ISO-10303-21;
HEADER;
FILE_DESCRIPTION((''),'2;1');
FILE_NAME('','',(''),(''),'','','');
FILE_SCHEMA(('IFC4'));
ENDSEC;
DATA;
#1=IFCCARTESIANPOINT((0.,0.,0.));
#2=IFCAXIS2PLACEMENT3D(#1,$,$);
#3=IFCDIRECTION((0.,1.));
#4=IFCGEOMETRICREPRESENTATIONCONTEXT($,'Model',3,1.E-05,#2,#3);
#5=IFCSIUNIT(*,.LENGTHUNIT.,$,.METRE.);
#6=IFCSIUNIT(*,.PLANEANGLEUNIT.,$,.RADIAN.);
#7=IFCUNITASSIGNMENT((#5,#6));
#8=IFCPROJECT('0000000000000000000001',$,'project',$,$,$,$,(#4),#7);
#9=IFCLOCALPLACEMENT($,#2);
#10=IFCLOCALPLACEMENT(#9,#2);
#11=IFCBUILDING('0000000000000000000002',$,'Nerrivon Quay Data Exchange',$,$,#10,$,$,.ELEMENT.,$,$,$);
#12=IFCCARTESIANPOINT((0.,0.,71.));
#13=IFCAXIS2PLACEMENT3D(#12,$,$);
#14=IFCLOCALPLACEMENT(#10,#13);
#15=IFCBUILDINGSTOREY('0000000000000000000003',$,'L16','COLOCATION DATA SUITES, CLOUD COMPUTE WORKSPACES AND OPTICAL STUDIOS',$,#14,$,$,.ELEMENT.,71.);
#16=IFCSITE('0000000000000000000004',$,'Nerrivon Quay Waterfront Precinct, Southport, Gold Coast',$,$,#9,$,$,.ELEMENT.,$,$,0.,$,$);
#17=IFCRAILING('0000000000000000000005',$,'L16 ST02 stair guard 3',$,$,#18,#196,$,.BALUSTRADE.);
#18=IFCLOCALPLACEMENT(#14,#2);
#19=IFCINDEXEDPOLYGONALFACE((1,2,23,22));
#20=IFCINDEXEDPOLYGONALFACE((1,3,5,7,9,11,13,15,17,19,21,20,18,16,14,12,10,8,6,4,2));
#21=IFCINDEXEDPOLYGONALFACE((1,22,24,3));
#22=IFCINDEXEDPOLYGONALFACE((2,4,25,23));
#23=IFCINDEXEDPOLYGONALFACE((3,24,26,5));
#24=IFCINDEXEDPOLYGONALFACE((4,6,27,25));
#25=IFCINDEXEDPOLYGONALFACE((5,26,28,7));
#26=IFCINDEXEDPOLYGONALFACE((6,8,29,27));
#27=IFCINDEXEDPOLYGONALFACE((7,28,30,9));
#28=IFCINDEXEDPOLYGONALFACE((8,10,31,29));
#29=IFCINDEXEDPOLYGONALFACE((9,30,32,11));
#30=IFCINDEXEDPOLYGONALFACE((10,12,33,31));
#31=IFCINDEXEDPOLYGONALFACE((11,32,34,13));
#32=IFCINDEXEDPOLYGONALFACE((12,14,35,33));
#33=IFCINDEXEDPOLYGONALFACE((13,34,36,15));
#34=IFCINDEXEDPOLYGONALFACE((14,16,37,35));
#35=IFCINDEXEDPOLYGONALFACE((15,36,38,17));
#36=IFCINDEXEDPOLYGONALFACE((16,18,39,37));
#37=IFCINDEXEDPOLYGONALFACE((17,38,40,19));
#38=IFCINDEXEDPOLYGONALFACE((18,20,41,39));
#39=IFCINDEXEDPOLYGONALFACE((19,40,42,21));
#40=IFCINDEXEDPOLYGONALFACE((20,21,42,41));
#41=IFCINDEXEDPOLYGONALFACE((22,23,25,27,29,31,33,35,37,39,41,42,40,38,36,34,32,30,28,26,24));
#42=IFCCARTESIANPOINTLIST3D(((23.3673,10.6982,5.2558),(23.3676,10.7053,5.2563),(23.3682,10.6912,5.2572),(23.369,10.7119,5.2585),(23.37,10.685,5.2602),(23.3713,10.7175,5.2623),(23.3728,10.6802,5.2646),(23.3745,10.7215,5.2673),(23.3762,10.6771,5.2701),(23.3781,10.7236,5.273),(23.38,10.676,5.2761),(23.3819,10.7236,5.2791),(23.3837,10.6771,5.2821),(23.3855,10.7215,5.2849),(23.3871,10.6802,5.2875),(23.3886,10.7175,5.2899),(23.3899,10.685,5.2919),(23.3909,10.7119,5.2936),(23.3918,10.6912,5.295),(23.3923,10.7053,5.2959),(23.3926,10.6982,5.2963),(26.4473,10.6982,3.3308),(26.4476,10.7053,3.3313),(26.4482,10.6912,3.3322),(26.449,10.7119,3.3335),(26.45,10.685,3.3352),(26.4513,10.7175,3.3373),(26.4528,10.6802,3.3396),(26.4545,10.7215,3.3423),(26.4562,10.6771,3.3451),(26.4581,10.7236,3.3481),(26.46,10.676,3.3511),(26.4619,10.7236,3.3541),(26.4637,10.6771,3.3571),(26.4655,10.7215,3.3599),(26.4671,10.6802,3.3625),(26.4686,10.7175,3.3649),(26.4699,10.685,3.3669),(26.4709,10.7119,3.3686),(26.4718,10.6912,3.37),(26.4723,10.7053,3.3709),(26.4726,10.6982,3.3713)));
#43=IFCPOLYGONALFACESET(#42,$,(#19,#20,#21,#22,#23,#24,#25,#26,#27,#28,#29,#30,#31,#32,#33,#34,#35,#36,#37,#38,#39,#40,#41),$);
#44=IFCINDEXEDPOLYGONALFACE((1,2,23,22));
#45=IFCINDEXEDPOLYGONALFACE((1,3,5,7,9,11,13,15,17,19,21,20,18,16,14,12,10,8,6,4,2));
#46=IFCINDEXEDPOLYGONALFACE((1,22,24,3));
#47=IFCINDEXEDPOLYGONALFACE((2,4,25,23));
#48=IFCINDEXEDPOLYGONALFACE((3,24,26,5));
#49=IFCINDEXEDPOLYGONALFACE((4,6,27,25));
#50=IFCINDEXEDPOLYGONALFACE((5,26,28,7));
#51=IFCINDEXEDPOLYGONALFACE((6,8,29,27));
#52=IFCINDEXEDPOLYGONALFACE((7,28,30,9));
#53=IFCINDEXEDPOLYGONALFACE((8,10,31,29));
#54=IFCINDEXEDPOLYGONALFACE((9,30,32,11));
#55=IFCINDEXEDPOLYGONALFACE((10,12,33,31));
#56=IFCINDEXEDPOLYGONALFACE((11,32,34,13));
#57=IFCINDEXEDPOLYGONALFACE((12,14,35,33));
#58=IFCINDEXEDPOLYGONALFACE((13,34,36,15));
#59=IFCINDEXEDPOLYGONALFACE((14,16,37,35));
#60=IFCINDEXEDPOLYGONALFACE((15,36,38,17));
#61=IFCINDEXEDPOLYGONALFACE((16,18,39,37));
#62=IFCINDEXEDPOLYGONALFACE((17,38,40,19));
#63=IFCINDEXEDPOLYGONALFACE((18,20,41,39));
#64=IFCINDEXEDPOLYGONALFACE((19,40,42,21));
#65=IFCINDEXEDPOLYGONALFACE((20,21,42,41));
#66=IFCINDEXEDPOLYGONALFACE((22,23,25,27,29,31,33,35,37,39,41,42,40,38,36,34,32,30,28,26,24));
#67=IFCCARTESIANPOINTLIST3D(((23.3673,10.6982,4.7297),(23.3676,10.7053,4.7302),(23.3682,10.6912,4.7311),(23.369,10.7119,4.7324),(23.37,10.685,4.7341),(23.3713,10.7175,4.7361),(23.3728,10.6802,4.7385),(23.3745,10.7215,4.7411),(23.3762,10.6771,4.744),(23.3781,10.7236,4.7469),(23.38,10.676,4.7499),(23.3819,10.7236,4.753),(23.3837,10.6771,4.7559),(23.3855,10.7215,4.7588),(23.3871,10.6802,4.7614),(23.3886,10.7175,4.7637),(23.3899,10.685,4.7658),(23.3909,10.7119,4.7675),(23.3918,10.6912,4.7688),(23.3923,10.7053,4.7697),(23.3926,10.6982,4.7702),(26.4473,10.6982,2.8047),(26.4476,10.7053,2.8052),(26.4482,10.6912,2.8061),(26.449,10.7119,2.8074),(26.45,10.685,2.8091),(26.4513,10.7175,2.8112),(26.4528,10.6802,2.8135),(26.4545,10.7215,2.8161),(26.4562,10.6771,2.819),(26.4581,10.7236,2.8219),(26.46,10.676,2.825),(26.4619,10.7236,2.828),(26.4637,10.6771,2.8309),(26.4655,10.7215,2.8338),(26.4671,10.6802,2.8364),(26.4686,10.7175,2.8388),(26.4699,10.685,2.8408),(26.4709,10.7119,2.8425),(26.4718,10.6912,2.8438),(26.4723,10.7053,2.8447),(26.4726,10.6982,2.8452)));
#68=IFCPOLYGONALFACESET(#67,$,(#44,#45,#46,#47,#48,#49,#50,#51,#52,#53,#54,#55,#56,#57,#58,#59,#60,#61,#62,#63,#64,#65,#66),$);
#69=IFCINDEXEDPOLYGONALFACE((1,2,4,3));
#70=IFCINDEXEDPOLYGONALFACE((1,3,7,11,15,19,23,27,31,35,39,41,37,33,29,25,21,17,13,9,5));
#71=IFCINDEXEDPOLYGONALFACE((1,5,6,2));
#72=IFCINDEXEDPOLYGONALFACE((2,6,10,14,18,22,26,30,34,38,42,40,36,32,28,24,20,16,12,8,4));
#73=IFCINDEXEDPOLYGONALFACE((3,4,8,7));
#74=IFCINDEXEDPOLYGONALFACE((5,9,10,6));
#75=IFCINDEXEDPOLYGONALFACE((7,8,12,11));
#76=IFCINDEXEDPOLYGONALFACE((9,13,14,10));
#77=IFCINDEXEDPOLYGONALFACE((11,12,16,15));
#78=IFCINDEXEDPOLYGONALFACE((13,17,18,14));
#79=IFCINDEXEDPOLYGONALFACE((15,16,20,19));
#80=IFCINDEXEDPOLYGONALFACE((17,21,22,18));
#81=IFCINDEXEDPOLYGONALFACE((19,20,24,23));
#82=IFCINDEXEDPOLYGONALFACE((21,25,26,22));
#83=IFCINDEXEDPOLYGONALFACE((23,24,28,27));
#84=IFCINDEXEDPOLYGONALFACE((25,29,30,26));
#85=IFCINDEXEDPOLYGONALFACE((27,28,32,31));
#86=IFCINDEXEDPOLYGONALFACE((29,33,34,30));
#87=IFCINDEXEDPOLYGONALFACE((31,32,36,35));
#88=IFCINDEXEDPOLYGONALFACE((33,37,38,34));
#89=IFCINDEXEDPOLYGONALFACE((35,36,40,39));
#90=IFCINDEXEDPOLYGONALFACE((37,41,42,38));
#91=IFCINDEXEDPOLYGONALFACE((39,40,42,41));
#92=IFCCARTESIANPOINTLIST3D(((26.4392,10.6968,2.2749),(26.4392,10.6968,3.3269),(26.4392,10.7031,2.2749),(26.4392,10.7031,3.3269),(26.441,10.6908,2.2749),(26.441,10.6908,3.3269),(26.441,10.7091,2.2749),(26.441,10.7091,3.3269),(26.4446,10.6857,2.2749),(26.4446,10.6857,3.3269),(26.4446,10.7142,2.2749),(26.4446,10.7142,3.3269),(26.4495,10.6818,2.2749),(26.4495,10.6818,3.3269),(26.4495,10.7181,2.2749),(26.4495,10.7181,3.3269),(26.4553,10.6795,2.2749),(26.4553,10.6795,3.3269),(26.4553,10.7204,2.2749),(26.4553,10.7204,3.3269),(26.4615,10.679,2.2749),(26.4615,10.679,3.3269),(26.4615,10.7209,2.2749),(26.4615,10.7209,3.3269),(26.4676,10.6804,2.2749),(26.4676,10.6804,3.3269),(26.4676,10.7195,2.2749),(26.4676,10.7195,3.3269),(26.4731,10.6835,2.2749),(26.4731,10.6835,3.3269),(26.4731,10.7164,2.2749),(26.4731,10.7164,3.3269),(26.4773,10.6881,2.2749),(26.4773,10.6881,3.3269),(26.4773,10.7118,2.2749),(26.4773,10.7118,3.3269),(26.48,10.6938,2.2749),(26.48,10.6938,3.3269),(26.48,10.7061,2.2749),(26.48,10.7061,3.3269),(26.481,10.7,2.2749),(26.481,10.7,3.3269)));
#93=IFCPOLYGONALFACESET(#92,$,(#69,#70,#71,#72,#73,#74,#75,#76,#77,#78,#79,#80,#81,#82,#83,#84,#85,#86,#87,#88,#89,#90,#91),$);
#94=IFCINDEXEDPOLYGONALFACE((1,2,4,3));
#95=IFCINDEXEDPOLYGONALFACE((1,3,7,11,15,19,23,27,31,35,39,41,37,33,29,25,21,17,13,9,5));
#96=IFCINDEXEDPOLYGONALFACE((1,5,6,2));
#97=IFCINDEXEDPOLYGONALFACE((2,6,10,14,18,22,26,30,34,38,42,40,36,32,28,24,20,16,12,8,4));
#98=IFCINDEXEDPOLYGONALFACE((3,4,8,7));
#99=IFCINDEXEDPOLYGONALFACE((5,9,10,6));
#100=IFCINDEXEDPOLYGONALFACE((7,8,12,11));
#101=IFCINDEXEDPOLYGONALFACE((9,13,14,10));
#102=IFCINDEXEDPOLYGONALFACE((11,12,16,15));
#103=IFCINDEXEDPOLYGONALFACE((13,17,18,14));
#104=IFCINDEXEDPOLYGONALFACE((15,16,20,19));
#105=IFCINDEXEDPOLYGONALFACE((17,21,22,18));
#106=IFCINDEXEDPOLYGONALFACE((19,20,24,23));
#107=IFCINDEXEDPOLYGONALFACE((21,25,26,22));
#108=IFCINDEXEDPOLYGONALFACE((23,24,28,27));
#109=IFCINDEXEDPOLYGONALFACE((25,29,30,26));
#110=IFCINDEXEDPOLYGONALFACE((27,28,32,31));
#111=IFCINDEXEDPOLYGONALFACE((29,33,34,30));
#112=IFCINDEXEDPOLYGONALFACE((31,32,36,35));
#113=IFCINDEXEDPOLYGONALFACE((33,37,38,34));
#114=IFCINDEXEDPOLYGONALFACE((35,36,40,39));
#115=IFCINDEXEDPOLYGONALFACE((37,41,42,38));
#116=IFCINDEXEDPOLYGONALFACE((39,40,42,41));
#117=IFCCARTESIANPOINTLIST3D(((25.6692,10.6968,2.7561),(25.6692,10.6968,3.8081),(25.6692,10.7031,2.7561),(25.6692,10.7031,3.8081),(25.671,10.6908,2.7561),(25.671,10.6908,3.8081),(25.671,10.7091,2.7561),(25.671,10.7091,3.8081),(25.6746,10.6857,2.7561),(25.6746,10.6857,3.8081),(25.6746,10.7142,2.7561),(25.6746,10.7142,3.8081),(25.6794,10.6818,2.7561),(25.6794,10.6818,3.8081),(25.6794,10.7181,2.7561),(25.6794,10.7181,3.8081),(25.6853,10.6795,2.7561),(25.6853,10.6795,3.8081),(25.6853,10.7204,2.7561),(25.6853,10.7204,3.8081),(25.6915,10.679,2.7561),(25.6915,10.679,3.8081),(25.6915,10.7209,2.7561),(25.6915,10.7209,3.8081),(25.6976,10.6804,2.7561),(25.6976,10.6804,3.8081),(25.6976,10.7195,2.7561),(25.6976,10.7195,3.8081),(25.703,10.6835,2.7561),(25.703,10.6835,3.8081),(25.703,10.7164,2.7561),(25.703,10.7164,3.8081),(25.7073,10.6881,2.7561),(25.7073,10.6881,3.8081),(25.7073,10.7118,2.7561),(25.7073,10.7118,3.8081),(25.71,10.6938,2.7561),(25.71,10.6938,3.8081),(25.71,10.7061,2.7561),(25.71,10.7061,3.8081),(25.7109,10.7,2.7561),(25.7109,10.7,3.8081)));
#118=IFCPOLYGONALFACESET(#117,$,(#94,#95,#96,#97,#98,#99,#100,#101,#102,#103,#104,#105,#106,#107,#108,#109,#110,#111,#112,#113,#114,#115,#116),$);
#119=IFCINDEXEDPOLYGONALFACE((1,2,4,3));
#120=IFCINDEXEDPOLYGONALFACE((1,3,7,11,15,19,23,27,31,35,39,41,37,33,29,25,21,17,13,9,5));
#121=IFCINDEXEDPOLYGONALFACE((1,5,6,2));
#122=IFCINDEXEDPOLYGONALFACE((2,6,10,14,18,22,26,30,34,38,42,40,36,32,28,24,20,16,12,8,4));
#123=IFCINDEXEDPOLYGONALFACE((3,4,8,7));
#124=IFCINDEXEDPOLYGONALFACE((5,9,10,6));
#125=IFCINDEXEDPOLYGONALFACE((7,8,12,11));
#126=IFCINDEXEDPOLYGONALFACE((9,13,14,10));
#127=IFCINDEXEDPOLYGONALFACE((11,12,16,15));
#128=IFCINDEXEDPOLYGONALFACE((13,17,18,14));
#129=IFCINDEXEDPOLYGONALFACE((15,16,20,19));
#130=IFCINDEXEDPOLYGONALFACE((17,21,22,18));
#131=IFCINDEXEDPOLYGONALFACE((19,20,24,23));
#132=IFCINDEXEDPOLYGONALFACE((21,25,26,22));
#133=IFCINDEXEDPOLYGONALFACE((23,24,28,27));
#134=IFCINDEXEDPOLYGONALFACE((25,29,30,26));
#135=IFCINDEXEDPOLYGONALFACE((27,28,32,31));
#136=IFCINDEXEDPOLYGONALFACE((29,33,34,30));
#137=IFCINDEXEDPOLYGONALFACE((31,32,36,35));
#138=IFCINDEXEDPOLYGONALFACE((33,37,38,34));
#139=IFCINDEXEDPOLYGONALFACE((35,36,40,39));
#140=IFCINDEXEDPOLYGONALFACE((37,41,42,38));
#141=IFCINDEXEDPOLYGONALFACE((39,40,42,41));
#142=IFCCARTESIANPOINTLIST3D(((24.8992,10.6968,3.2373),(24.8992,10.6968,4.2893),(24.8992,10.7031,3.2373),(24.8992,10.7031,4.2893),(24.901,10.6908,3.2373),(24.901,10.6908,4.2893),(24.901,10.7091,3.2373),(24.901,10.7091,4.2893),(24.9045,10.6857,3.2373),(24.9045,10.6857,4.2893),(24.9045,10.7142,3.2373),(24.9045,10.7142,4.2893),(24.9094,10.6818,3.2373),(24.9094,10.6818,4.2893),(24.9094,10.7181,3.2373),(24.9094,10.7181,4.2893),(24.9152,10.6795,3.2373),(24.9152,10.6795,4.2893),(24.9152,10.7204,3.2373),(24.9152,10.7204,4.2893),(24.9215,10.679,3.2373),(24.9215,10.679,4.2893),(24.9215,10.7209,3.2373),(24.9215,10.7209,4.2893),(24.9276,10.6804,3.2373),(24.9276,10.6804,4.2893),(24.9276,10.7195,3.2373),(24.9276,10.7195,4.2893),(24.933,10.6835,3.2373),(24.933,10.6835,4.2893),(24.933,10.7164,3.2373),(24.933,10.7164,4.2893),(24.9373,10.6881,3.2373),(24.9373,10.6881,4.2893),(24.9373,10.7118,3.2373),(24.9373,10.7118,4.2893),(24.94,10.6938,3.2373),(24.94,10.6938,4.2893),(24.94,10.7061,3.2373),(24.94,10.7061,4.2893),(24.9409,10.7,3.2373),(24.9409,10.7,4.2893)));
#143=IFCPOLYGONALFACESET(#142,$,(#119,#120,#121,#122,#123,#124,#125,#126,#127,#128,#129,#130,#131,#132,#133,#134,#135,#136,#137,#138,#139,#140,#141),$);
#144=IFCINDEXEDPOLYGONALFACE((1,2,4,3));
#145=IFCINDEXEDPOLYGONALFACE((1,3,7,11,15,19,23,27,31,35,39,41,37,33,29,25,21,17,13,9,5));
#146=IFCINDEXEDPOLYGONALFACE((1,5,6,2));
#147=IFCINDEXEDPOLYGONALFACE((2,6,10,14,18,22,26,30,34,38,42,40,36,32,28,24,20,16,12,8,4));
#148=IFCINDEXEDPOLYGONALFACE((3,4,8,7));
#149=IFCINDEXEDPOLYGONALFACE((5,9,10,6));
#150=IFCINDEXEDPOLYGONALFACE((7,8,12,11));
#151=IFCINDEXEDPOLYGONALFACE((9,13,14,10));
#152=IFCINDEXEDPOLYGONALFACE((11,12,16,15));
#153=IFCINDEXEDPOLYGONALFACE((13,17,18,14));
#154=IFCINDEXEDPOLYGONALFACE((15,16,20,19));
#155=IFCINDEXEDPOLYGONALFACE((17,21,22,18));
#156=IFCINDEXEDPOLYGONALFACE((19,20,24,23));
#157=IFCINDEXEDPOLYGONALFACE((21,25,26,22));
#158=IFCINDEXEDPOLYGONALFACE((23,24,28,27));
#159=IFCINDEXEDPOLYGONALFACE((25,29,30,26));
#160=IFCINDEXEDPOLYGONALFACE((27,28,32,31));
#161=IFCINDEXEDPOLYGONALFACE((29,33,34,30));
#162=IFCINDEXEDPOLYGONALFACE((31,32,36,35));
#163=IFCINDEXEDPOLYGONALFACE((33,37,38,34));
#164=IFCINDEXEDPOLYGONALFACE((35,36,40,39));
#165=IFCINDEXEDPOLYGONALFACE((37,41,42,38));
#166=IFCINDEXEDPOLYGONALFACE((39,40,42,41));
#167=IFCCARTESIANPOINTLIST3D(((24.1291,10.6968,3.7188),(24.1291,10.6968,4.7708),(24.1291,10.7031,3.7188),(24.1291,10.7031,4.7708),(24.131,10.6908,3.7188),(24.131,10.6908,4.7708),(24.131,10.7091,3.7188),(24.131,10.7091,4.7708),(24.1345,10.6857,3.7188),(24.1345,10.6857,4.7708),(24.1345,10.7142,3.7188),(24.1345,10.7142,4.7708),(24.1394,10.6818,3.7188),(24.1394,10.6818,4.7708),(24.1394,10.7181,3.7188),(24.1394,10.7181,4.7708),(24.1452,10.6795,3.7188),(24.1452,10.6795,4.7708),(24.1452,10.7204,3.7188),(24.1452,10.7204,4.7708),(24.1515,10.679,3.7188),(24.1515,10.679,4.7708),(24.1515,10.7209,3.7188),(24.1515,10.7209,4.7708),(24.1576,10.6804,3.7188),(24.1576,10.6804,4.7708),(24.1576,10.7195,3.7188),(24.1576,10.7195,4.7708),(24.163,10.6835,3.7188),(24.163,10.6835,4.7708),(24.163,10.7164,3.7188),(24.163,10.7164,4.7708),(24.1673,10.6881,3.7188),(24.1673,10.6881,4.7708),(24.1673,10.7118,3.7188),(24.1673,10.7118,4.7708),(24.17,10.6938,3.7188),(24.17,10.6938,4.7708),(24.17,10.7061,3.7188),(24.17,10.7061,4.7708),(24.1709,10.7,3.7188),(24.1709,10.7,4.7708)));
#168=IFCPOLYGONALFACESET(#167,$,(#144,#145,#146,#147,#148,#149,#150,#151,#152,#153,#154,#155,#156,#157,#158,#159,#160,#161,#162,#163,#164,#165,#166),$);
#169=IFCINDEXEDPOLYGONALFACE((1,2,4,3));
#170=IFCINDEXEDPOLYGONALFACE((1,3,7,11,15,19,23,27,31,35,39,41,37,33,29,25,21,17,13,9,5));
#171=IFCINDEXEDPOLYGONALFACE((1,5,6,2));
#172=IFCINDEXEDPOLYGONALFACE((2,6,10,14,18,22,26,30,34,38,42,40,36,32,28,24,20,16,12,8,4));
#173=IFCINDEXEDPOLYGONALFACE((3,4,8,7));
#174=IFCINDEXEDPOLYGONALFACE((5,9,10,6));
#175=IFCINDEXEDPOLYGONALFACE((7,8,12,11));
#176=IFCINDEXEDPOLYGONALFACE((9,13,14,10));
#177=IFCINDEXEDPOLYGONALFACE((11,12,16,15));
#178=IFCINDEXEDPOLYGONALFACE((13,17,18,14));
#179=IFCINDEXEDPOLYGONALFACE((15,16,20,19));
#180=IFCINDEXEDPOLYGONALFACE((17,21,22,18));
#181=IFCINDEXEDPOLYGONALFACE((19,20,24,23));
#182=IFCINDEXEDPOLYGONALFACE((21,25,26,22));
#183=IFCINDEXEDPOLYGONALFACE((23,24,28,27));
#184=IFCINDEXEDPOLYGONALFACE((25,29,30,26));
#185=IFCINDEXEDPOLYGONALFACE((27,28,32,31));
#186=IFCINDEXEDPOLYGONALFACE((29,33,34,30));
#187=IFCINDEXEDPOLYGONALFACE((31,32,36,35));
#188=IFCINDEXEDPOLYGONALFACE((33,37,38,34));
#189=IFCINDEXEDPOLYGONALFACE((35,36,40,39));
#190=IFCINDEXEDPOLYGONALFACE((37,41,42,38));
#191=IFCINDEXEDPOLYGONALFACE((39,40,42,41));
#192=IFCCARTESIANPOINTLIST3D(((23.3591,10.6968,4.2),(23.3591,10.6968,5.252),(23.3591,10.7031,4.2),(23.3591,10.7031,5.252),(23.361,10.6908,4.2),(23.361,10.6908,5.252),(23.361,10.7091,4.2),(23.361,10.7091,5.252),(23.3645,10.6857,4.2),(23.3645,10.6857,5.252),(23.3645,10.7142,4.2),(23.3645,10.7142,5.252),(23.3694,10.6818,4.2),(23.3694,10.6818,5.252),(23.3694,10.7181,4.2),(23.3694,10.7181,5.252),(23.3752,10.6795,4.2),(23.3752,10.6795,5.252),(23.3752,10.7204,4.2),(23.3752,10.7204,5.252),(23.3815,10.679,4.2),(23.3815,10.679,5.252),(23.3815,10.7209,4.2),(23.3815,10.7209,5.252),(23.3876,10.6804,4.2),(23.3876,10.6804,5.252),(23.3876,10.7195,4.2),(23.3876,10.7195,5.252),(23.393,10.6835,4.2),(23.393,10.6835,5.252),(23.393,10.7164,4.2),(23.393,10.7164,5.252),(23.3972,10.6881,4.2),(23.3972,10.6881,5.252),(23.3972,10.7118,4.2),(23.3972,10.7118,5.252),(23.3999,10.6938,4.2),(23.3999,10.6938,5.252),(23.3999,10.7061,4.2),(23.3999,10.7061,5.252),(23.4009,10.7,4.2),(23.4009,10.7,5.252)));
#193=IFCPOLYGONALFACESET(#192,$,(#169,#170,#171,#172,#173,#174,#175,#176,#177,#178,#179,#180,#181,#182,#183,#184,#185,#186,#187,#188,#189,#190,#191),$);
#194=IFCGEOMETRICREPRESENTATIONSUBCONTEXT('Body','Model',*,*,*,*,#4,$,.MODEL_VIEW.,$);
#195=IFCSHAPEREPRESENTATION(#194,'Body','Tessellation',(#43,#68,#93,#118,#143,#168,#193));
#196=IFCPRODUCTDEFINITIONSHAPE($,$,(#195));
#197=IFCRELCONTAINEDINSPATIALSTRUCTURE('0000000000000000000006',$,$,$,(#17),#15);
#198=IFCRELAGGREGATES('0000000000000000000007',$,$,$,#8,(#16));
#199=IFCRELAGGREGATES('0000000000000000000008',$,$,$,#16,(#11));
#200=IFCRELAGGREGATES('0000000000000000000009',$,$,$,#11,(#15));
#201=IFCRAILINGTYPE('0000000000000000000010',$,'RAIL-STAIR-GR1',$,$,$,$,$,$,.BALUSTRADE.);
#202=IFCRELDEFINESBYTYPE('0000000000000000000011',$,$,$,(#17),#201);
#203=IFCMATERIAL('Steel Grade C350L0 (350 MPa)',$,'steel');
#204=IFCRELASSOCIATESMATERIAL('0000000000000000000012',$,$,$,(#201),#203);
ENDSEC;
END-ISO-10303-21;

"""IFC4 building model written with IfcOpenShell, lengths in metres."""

from ifc_helpers import new_model, si_unit, direction, frame, origin, origin_2d, place, context, subcontext, project, spatial, circle, extrude, material, type_object, element, save


model = new_model("IFC4")

# Units and contexts
model_context = context("Model", 3, precision=1e-05, world=origin(), true_north=direction((0.0, 1.0)))
body_context = subcontext(model_context, "Body", "Model", "MODEL_VIEW")
ifc_project = project(units=[si_unit("LENGTHUNIT", "METRE"), si_unit("PLANEANGLEUNIT", "RADIAN")], contexts=[model_context])

# Site, building, storey
site_placement = place(None, origin())
site = spatial("IfcSite", under=ifc_project, at=site_placement, Name="Nerrivon Quay Waterfront Precinct, Southport, Gold Coast", CompositionType="ELEMENT", RefElevation=0.0)
building_placement = place(site_placement, origin())
building = spatial("IfcBuilding", under=site, at=building_placement, Name="Nerrivon Quay Data Exchange", CompositionType="ELEMENT")
storey_placement = place(building_placement, frame((0.0, 0.0, 71.0)))
storey = spatial("IfcBuildingStorey", under=building, at=storey_placement, Name="L16", Description="COLOCATION DATA SUITES, CLOUD COMPUTE WORKSPACES AND OPTICAL STUDIOS", CompositionType="ELEMENT", Elevation=71.0)

# Railing
ifc_material_1 = material(Name="Steel Grade C350L0 (350 MPa)", Category="steel")
railing_type_1 = type_object("IfcRailingType", Name="RAIL-STAIR-GR1", PredefinedType="BALUSTRADE", material=ifc_material_1)
railing_1_placement = place(storey_placement, frame((26.46, 10.7, 2.2749)))
element("IfcRailing", 1, at=railing_1_placement, inside=storey, type_object=railing_type_1, Name="L16 ST02 stair guard 3", PredefinedType="BALUSTRADE", context=body_context, shape_type="SweptSolid", body=[
    extrude(circle(Radius=0.0239, at=origin_2d()), frame((0.0, 0.0, 1.0762), z_axis=(-0.847998, 0.0, 0.529999), x_axis=(0.0, -1.0, 0.0)), (0.0, 0.0, 1.0), 3.6321),
    extrude(circle(Radius=0.0239, at=origin_2d()), frame((0.0, 0.0, 0.55), z_axis=(-0.847998, 0.0, 0.529999), x_axis=(0.0, -1.0, 0.0)), (0.0, 0.0, 1.0), 3.6321),
    extrude(circle(Radius=0.021, at=origin_2d()), origin(), (0.0, 0.0, 1.0), 1.052),
    extrude(circle(Radius=0.021, at=origin_2d()), frame((-0.77, 0.0, 0.4812)), (0.0, 0.0, 1.0), 1.052),
    extrude(circle(Radius=0.021, at=origin_2d()), frame((-1.54, 0.0, 0.9624)), (0.0, 0.0, 1.0), 1.052),
    extrude(circle(Radius=0.021, at=origin_2d()), frame((-2.3101, 0.0, 1.4438)), (0.0, 0.0, 1.0), 1.052),
    extrude(circle(Radius=0.021, at=origin_2d()), frame((-3.0801, 0.0, 1.925)), (0.0, 0.0, 1.0), 1.052),
])

save(model, "model.ifc")
